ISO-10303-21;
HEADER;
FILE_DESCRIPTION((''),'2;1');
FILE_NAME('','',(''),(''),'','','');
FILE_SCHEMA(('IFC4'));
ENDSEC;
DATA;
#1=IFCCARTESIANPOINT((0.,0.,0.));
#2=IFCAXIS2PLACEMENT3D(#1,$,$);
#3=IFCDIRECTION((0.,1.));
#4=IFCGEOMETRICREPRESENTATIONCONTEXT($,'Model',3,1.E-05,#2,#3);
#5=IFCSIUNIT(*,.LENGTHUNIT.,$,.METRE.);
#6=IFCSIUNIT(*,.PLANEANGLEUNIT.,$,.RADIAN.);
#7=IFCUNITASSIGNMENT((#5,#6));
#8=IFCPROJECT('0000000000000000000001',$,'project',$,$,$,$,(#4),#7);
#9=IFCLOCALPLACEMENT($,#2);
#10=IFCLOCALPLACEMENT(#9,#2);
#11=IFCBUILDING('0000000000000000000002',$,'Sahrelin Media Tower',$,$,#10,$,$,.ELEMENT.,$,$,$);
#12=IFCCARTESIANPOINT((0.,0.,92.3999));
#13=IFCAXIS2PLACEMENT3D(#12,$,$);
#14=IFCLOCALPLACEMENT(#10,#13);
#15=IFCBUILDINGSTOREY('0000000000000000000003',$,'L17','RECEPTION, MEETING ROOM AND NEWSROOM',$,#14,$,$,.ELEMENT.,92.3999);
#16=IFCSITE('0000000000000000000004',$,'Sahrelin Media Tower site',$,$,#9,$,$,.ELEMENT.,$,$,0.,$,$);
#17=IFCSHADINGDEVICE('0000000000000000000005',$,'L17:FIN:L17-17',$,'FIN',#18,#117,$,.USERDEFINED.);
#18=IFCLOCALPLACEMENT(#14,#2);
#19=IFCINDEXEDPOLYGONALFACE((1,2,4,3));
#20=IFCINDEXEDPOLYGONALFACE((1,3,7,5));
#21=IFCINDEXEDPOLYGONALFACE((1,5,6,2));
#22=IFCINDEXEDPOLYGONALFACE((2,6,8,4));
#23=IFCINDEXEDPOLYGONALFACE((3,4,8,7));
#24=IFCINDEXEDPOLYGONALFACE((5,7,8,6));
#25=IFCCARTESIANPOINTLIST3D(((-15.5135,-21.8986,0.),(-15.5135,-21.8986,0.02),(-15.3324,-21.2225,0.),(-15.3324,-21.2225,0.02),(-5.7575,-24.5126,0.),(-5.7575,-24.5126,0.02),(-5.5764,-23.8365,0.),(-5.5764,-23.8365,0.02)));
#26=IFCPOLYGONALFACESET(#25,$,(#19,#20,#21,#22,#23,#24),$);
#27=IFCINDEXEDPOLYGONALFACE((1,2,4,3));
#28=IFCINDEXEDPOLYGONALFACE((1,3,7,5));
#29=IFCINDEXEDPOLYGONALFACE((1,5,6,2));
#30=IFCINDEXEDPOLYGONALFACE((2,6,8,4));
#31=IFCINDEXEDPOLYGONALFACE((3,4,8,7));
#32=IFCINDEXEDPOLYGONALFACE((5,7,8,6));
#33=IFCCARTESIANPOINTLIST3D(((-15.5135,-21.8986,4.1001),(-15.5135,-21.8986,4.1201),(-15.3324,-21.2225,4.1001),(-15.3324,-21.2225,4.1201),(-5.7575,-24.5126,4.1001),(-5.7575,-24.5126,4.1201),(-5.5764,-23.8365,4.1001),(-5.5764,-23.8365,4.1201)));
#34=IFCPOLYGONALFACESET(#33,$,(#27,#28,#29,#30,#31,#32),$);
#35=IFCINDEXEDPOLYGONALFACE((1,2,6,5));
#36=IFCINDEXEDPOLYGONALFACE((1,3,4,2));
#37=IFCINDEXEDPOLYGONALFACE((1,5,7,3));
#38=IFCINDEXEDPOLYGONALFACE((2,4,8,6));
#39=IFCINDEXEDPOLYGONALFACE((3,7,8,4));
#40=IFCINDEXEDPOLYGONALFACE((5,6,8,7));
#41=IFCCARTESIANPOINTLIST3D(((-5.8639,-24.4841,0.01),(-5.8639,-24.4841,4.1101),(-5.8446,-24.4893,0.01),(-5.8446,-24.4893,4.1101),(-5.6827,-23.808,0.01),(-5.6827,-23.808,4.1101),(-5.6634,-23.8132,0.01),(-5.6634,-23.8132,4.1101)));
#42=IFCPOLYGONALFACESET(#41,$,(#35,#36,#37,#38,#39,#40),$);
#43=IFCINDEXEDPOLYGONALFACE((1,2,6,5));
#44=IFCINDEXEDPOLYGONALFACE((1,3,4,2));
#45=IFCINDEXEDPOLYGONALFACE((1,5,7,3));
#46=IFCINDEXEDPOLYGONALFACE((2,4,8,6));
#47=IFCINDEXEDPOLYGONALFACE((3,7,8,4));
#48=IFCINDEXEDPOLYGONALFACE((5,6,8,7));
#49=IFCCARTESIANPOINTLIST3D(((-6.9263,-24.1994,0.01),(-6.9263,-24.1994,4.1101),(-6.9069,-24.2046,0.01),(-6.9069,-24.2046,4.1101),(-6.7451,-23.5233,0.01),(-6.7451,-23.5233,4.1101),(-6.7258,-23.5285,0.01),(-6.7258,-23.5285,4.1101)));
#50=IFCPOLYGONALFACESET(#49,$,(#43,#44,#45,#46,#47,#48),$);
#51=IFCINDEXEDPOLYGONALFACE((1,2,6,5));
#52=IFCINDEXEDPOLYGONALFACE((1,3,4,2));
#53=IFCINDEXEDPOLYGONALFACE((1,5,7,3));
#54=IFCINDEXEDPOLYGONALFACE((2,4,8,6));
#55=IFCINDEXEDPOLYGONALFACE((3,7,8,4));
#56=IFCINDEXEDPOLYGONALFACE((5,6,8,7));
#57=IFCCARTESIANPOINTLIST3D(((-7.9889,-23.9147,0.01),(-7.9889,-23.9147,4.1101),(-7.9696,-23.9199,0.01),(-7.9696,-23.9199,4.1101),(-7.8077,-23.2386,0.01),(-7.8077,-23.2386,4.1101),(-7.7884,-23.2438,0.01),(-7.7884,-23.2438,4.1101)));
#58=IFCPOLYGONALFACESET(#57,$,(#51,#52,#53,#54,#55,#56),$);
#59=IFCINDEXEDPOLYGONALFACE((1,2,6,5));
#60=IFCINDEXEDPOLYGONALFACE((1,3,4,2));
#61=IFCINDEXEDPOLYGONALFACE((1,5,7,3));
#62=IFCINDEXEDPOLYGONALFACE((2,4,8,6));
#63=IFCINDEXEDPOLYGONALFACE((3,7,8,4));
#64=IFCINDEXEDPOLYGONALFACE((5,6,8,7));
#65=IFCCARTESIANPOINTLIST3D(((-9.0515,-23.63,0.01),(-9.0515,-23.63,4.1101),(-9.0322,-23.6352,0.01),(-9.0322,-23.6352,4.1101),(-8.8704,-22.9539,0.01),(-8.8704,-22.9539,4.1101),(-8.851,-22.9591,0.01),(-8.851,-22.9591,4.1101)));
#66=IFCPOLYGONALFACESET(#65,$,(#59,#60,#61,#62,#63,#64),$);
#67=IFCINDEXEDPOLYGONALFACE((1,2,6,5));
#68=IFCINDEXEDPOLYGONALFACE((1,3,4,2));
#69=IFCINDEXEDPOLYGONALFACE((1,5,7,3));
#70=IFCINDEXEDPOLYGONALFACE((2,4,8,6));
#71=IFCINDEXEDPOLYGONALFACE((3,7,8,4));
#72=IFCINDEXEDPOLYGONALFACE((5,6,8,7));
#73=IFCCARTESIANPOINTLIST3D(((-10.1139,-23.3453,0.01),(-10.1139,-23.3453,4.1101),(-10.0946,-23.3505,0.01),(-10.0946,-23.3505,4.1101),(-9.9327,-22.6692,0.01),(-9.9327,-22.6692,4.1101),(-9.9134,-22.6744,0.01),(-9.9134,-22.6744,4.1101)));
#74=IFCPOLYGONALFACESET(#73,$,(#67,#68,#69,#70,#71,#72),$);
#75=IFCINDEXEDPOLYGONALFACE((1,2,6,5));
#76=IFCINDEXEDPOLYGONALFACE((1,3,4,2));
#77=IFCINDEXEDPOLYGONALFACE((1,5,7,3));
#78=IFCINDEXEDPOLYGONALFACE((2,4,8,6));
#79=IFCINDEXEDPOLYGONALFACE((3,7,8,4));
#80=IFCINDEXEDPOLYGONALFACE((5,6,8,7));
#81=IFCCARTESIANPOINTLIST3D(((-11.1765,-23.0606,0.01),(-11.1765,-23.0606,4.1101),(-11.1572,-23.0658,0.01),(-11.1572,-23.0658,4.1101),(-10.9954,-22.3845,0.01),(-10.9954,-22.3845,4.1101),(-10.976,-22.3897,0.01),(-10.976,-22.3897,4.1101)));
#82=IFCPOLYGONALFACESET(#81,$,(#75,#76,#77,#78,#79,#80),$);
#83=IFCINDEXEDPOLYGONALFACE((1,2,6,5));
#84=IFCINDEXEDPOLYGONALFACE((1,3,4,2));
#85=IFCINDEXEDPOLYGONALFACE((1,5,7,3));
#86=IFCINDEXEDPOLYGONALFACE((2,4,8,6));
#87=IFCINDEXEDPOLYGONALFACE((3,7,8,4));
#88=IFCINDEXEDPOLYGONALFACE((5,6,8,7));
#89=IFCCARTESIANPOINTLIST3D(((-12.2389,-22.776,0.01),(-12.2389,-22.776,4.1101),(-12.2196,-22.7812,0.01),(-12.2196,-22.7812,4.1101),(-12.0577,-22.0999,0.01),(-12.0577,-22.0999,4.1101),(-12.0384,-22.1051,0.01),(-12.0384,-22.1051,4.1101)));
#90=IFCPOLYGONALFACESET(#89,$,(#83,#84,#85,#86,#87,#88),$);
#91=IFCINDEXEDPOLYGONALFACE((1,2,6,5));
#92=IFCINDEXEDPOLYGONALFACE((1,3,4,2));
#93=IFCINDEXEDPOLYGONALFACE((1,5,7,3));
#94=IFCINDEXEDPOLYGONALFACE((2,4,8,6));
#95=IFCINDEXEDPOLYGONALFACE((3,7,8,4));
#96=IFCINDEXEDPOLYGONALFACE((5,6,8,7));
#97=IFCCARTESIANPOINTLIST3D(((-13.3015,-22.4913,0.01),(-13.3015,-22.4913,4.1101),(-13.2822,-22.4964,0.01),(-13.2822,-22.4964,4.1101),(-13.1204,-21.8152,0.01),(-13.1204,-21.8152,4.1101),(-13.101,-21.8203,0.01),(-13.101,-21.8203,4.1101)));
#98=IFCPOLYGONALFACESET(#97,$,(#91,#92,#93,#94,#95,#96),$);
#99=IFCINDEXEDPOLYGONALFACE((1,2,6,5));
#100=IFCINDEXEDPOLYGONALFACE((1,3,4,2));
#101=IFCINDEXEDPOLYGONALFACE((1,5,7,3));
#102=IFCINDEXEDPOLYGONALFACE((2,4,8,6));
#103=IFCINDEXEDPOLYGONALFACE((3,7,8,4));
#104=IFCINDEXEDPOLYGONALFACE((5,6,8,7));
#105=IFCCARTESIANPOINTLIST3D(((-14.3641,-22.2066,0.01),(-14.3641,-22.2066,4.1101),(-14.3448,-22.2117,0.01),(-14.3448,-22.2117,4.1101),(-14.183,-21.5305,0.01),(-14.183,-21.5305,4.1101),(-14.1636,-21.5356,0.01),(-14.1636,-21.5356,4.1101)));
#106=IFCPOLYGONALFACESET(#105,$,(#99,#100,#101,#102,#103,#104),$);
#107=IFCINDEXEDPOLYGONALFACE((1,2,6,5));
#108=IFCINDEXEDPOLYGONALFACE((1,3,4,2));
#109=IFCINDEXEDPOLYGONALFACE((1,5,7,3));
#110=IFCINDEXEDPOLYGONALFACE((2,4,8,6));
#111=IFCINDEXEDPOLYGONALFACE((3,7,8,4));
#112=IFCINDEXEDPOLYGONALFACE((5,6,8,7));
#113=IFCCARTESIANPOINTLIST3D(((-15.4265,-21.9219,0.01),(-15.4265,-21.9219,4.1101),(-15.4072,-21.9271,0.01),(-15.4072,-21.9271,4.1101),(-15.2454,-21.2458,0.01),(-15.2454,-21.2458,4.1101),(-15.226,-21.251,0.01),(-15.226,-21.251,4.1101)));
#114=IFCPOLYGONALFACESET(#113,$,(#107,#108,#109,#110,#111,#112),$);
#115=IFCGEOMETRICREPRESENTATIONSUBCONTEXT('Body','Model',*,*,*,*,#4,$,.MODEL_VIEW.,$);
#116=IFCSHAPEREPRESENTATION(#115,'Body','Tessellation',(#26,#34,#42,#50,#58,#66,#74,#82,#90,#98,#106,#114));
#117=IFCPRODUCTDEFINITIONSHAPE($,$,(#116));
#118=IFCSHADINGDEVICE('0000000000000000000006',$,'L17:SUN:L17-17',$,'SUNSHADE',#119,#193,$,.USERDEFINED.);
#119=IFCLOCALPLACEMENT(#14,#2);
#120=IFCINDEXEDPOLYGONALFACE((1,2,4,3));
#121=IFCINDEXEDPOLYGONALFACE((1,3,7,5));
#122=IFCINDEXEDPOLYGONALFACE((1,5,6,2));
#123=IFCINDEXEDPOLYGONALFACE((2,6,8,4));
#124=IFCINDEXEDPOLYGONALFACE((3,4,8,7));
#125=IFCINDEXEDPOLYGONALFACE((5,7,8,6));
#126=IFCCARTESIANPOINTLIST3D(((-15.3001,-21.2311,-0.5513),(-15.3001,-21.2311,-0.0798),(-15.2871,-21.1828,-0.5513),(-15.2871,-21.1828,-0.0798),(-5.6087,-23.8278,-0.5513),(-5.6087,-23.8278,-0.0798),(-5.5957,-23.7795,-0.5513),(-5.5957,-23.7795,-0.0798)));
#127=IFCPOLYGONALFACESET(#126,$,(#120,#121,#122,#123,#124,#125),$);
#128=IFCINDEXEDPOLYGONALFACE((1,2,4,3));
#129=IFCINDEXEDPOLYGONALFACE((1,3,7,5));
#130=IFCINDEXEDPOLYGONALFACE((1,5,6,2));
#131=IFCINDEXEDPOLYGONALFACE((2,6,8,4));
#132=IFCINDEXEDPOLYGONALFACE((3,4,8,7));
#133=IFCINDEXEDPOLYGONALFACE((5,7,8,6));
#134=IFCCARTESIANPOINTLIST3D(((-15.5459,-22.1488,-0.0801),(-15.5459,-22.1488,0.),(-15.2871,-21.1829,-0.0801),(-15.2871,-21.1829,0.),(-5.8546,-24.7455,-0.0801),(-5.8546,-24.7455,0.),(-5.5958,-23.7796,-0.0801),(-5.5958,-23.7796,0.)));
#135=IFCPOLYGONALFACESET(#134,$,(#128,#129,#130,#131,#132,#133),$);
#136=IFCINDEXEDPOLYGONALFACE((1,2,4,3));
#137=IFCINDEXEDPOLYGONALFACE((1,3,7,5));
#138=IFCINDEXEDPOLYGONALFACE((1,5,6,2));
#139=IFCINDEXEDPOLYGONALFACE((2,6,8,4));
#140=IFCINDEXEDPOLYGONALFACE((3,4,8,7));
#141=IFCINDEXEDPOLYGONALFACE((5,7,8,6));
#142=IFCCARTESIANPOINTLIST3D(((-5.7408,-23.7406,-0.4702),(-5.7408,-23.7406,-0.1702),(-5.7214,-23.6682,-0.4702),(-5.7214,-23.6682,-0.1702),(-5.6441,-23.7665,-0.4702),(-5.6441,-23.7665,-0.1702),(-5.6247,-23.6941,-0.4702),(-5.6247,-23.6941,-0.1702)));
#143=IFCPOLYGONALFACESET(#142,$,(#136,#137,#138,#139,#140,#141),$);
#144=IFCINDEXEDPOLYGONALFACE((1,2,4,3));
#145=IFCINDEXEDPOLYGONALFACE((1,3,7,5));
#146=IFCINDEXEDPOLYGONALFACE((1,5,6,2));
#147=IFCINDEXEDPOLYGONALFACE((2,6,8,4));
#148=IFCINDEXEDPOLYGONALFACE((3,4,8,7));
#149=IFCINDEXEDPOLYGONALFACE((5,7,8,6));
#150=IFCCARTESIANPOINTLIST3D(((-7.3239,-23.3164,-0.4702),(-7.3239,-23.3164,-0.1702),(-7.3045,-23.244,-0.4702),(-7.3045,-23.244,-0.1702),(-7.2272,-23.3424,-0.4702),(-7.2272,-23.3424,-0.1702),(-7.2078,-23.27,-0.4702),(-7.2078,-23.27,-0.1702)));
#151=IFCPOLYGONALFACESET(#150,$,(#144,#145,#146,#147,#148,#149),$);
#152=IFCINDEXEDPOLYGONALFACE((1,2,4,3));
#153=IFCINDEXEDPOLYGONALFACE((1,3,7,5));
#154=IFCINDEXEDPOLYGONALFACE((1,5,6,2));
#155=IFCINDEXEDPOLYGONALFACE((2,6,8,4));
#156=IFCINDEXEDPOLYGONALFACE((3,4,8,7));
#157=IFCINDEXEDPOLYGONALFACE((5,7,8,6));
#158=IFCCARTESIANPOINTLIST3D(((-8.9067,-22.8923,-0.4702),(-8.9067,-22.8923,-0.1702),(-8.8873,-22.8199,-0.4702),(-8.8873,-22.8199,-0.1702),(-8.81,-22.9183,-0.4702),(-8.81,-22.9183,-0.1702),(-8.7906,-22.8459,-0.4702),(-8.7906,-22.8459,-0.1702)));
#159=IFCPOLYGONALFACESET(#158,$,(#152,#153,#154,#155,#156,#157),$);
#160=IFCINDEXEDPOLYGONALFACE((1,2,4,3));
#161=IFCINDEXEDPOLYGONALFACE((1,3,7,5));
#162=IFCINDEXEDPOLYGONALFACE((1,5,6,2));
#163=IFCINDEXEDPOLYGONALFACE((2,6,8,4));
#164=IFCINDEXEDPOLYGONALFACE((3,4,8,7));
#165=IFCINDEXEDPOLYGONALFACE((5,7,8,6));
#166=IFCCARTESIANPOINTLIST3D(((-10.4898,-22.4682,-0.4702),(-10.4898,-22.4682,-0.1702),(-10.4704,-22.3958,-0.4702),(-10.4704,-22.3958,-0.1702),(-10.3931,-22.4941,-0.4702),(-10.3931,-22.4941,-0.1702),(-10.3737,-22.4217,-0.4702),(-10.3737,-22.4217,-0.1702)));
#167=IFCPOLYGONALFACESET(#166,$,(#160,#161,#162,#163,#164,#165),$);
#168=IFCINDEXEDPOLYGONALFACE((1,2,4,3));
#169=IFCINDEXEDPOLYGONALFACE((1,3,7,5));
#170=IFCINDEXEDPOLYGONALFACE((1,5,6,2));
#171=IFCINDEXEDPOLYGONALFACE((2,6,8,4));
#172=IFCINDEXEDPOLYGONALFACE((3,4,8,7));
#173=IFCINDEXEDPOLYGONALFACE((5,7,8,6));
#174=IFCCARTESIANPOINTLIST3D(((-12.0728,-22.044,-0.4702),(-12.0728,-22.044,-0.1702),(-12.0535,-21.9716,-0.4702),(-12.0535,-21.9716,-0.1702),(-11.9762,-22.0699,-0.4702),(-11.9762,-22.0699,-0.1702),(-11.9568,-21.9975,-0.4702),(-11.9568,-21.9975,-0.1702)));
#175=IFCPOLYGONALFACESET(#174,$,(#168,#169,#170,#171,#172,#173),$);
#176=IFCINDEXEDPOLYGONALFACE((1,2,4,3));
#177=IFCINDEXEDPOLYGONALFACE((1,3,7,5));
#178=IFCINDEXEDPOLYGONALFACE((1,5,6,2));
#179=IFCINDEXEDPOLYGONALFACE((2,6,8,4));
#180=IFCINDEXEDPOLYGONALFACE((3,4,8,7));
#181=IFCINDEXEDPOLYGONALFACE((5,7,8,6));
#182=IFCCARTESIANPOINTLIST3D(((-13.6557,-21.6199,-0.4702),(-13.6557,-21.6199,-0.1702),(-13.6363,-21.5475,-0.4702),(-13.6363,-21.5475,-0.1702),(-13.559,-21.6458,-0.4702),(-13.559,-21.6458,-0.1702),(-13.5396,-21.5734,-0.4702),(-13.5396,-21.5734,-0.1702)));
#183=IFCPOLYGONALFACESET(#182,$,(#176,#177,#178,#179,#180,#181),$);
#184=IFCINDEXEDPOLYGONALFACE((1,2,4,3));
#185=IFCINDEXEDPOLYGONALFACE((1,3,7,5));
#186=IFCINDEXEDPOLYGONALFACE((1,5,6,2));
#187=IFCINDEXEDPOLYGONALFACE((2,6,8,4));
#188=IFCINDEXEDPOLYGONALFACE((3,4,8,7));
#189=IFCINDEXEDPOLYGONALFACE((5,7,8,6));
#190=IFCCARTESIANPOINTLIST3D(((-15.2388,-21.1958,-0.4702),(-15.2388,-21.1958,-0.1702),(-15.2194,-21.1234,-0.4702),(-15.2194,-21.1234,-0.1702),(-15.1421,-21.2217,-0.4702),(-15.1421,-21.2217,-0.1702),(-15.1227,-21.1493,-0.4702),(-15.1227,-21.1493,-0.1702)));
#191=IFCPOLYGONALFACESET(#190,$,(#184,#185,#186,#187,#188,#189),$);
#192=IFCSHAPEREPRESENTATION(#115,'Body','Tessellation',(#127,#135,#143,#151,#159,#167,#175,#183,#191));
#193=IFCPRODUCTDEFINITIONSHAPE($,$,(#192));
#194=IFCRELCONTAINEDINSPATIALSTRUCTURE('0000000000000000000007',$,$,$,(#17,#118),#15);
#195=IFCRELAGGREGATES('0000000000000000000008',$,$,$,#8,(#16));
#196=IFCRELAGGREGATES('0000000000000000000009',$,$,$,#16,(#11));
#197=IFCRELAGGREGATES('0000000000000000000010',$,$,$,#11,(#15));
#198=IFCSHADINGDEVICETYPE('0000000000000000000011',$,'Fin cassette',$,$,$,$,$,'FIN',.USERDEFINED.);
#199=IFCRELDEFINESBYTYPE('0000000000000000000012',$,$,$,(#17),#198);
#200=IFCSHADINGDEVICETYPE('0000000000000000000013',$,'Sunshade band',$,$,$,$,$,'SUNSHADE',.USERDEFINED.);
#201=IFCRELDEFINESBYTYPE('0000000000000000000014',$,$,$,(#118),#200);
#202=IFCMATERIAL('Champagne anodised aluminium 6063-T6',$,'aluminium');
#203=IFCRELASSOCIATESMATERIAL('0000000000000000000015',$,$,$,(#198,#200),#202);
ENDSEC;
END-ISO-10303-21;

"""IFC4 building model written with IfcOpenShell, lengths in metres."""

from ifc_helpers import new_model, si_unit, direction, frame, origin, origin_2d, place, context, subcontext, project, spatial, rectangle, extrude, material, type_object, element, save


model = new_model("IFC4")

# Units and contexts
model_context = context("Model", 3, precision=1e-05, world=origin(), true_north=direction((0.0, 1.0)))
body_context = subcontext(model_context, "Body", "Model", "MODEL_VIEW")
ifc_project = project(units=[si_unit("LENGTHUNIT", "METRE"), si_unit("PLANEANGLEUNIT", "RADIAN")], contexts=[model_context])

# Site, building, storey
site_placement = place(None, origin())
site = spatial("IfcSite", under=ifc_project, at=site_placement, Name="Sahrelin Media Tower site", CompositionType="ELEMENT", RefElevation=0.0)
building_placement = place(site_placement, origin())
building = spatial("IfcBuilding", under=site, at=building_placement, Name="Sahrelin Media Tower", CompositionType="ELEMENT")
storey_placement = place(building_placement, frame((0.0, 0.0, 92.3999)))
storey = spatial("IfcBuildingStorey", under=building, at=storey_placement, Name="L17", Description="RECEPTION, MEETING ROOM AND NEWSROOM", CompositionType="ELEMENT", Elevation=92.3999)

# Shared definitions
ifc_material_1 = material(Name="Champagne anodised aluminium 6063-T6", Category="aluminium")

# Shading devices
shading_device_type_1 = type_object("IfcShadingDeviceType", Name="Fin cassette", ElementType="FIN", PredefinedType="USERDEFINED", material=ifc_material_1)
placement = place(storey_placement, frame((-10.4363, -22.4619, 0.0), z_axis=(0.0, 0.0, 1.0), x_axis=(-0.965929, 0.258808, 0.0)))
element("IfcShadingDevice", 1, at=placement, inside=storey, type_object=shading_device_type_1, Name="L17:FIN:L17-17", ObjectType="FIN", PredefinedType="USERDEFINED", context=body_context, shape_type="SweptSolid", body=[
    extrude(rectangle(XDim=10.1001, YDim=0.7, at=origin_2d()), frame((0.0, 0.4199, 0.0)), (0.0, 0.0, 1.0), 0.02),
    extrude(rectangle(XDim=10.1001, YDim=0.7, at=origin_2d()), frame((0.0, 0.4199, 4.1001)), (0.0, 0.0, 1.0), 0.02),
    extrude(rectangle(XDim=0.02, YDim=0.7, at=origin_2d()), frame((-4.95, 0.4199, 0.01), z_axis=(0.0, 0.0, 1.0), x_axis=(1.0, 0.0, 0.0)), (0.0, 0.0, 1.0), 4.1001),
    extrude(rectangle(XDim=0.02, YDim=0.7, at=origin_2d()), frame((-3.8501, 0.4199, 0.01), z_axis=(0.0, 0.0, 1.0), x_axis=(1.0, 0.0, 0.0)), (0.0, 0.0, 1.0), 4.1001),
    extrude(rectangle(XDim=0.02, YDim=0.7, at=origin_2d()), frame((-2.75, 0.4199, 0.01), z_axis=(0.0, 0.0, 1.0), x_axis=(1.0, 0.0, 0.0)), (0.0, 0.0, 1.0), 4.1001),
    extrude(rectangle(XDim=0.02, YDim=0.7, at=origin_2d()), frame((-1.6499, 0.4199, 0.01), z_axis=(0.0, 0.0, 1.0), x_axis=(1.0, 0.0, 0.0)), (0.0, 0.0, 1.0), 4.1001),
    extrude(rectangle(XDim=0.02, YDim=0.7, at=origin_2d()), frame((-0.55, 0.4199, 0.01), z_axis=(0.0, 0.0, 1.0), x_axis=(1.0, 0.0, 0.0)), (0.0, 0.0, 1.0), 4.1001),
    extrude(rectangle(XDim=0.02, YDim=0.7, at=origin_2d()), frame((0.55, 0.4199, 0.01), z_axis=(0.0, 0.0, 1.0), x_axis=(1.0, 0.0, 0.0)), (0.0, 0.0, 1.0), 4.1001),
    extrude(rectangle(XDim=0.02, YDim=0.7, at=origin_2d()), frame((1.6499, 0.4199, 0.01), z_axis=(0.0, 0.0, 1.0), x_axis=(1.0, 0.0, 0.0)), (0.0, 0.0, 1.0), 4.1001),
    extrude(rectangle(XDim=0.02, YDim=0.7, at=origin_2d()), frame((2.75, 0.4199, 0.01), z_axis=(0.0, 0.0, 1.0), x_axis=(1.0, 0.0, 0.0)), (0.0, 0.0, 1.0), 4.1001),
    extrude(rectangle(XDim=0.02, YDim=0.7, at=origin_2d()), frame((3.8501, 0.4199, 0.01), z_axis=(0.0, 0.0, 1.0), x_axis=(1.0, 0.0, 0.0)), (0.0, 0.0, 1.0), 4.1001),
    extrude(rectangle(XDim=0.02, YDim=0.7, at=origin_2d()), frame((4.95, 0.4199, 0.01), z_axis=(0.0, 0.0, 1.0), x_axis=(1.0, 0.0, 0.0)), (0.0, 0.0, 1.0), 4.1001),
])
shading_device_type_2 = type_object("IfcShadingDeviceType", Name="Sunshade band", ElementType="SUNSHADE", PredefinedType="USERDEFINED", material=ifc_material_1)
element("IfcShadingDevice", 2, at=placement, inside=storey, type_object=shading_device_type_2, Name="L17:SUN:L17-17", ObjectType="SUNSHADE", PredefinedType="USERDEFINED", context=body_context, shape_type="SweptSolid", body=[
    extrude(rectangle(XDim=10.0332, YDim=0.05, at=origin_2d()), frame((0.0, 0.0449, -0.5513)), (0.0, 0.0, 1.0), 0.4714),
    extrude(rectangle(XDim=10.0332, YDim=1.0, at=origin_2d()), frame((0.0, 0.52, -0.0801)), (0.0, 0.0, 1.0), 0.0801),
    extrude(rectangle(XDim=0.1001, YDim=0.075, at=origin_2d()), frame((-4.9165, -0.0176, -0.4702)), (0.0, 0.0, 1.0), 0.3),
    extrude(rectangle(XDim=0.1001, YDim=0.075, at=origin_2d()), frame((-3.2776, -0.0176, -0.4702)), (0.0, 0.0, 1.0), 0.3),
    extrude(rectangle(XDim=0.1001, YDim=0.075, at=origin_2d()), frame((-1.6389, -0.0176, -0.4702)), (0.0, 0.0, 1.0), 0.3),
    extrude(rectangle(XDim=0.1001, YDim=0.075, at=origin_2d()), frame((0.0, -0.0176, -0.4702)), (0.0, 0.0, 1.0), 0.3),
    extrude(rectangle(XDim=0.1001, YDim=0.075, at=origin_2d()), frame((1.6389, -0.0176, -0.4702)), (0.0, 0.0, 1.0), 0.3),
    extrude(rectangle(XDim=0.1001, YDim=0.075, at=origin_2d()), frame((3.2776, -0.0176, -0.4702)), (0.0, 0.0, 1.0), 0.3),
    extrude(rectangle(XDim=0.1001, YDim=0.075, at=origin_2d()), frame((4.9165, -0.0176, -0.4702)), (0.0, 0.0, 1.0), 0.3),
])

save(model, "model.ifc")
